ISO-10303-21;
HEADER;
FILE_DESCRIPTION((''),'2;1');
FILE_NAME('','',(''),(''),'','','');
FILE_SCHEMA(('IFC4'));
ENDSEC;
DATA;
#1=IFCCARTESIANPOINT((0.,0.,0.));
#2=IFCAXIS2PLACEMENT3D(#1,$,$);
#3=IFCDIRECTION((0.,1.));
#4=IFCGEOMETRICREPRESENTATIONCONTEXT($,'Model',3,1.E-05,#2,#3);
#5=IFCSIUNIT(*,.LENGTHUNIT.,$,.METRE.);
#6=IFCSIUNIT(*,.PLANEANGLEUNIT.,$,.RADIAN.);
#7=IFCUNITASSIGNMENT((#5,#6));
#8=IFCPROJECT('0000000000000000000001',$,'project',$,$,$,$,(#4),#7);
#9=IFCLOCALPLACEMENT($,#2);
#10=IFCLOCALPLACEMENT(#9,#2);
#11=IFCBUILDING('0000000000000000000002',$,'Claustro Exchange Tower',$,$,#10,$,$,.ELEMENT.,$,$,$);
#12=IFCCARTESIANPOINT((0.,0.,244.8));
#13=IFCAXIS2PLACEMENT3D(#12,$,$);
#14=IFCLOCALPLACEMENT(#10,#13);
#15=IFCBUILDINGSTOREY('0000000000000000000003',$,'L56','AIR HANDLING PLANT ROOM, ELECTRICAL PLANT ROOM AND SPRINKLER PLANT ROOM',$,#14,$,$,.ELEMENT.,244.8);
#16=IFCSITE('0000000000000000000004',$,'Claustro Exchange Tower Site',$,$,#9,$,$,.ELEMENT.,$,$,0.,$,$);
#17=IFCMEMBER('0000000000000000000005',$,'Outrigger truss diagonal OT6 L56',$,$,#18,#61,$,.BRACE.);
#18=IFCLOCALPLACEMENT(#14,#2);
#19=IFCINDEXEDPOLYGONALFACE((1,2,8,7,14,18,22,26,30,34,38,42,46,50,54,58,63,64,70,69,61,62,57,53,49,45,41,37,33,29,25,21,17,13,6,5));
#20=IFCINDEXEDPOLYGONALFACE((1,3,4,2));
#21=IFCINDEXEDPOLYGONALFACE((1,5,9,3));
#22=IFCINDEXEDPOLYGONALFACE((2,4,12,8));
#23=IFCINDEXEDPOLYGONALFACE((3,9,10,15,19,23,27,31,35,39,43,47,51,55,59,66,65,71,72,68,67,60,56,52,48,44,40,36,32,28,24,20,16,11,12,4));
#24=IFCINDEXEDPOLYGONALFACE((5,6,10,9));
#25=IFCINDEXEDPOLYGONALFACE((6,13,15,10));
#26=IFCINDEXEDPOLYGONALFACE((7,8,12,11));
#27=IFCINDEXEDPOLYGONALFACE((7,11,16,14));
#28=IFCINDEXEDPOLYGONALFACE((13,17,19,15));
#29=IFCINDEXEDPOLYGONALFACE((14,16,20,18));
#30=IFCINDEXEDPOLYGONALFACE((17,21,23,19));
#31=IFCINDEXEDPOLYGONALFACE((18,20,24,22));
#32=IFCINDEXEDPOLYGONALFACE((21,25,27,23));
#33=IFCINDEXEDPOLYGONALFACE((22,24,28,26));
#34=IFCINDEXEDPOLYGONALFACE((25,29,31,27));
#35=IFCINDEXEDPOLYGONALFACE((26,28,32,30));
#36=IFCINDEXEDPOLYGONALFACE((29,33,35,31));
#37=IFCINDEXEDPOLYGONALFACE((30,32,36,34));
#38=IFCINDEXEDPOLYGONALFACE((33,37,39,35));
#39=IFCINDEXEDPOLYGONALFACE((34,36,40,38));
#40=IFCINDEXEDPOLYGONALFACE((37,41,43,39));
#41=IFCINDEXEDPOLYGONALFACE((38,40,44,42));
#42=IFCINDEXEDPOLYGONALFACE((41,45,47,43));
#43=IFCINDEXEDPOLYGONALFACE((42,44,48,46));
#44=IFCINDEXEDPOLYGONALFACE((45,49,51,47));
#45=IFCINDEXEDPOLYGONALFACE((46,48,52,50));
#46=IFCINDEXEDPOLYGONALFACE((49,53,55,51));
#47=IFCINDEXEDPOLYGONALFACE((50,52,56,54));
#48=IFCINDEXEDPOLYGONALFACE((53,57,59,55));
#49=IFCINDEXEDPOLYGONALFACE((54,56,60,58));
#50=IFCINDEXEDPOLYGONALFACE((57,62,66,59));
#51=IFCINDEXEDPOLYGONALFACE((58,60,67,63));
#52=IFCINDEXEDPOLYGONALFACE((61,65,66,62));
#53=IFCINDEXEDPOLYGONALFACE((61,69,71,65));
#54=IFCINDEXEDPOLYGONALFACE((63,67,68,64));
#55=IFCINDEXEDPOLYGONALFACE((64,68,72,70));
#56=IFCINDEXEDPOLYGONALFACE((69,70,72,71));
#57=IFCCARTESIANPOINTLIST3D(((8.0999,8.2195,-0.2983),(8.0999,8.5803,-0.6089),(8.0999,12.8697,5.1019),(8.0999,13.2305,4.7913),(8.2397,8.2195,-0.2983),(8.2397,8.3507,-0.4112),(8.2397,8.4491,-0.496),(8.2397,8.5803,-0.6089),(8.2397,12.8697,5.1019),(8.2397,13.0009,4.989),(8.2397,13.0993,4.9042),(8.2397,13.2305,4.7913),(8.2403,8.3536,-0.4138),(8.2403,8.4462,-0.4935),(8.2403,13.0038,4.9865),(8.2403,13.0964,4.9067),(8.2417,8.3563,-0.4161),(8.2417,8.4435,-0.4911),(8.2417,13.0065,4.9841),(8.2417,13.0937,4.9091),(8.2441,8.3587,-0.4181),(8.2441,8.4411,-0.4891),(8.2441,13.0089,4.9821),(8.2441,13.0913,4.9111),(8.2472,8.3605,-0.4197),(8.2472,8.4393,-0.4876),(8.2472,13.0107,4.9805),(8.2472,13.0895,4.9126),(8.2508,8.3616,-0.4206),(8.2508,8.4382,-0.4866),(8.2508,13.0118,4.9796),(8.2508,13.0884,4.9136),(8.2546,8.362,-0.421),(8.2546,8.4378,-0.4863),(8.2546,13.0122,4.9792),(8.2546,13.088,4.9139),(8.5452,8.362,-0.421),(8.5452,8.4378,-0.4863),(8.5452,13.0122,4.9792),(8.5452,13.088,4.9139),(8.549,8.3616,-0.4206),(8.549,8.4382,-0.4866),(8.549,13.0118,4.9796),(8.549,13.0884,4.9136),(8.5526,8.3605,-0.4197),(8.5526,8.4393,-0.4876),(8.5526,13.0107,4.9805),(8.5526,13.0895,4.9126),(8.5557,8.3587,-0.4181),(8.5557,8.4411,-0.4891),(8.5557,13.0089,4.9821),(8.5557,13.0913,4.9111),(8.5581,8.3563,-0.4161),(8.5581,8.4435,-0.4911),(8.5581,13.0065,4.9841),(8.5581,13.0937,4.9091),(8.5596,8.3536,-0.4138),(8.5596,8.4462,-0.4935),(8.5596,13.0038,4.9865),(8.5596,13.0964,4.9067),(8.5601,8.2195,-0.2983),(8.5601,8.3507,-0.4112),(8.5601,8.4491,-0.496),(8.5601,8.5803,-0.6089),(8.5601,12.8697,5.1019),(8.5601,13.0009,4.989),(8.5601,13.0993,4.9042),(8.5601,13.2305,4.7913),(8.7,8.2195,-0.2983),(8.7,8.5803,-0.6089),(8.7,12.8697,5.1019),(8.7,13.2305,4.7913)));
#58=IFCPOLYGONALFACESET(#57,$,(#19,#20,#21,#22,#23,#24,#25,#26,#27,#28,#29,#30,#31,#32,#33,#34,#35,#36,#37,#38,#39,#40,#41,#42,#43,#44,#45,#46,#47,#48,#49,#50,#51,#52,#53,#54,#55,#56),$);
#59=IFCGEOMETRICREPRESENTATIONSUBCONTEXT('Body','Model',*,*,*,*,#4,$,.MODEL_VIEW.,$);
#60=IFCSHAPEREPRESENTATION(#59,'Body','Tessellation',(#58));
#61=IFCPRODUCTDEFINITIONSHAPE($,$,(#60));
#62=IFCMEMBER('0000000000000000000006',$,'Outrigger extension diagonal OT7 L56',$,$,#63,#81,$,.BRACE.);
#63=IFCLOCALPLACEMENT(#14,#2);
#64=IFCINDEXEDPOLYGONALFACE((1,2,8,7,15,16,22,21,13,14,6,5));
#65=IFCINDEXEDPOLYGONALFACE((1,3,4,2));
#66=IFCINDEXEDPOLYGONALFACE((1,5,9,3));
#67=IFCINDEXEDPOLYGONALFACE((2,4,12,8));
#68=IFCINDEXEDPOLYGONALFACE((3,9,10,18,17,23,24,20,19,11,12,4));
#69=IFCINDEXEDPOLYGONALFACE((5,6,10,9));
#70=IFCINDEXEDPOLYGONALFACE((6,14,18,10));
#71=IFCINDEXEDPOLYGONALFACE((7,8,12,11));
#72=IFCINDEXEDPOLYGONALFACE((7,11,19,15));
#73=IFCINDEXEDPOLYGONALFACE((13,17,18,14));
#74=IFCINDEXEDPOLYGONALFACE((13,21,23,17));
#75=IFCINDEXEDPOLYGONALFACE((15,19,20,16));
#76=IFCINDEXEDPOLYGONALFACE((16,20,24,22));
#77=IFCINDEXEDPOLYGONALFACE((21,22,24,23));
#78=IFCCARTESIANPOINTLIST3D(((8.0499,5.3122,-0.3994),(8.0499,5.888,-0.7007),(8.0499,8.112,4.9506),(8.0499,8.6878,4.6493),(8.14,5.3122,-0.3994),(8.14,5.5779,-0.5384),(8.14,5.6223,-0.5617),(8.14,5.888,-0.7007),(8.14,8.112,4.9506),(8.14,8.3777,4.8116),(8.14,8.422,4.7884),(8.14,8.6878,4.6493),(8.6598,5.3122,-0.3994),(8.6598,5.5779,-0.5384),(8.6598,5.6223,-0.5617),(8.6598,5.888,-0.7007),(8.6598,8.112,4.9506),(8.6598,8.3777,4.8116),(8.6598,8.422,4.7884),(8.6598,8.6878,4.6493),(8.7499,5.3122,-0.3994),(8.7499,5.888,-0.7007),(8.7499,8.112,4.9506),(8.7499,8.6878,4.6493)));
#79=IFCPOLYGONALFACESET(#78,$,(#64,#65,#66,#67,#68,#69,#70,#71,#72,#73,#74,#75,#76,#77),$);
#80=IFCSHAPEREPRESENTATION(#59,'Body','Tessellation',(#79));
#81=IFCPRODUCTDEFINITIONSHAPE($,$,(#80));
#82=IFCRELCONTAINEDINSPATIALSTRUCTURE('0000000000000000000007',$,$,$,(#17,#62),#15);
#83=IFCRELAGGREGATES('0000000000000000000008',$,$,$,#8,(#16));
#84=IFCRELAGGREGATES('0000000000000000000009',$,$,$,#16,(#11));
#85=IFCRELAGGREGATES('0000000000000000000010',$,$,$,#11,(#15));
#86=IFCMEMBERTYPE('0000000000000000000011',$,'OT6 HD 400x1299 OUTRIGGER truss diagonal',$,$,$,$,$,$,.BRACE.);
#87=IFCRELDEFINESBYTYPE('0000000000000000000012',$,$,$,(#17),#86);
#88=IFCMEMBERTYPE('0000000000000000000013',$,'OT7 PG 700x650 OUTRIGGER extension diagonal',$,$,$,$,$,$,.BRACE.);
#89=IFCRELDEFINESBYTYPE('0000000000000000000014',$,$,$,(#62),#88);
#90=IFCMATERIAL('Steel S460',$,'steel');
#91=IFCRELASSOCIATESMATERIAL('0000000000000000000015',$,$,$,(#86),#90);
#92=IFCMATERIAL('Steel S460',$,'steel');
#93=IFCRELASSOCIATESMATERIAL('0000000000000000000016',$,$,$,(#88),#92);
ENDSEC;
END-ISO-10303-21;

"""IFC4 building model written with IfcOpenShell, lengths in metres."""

from ifc_helpers import new_model, si_unit, direction, frame, origin, origin_2d, place, context, subcontext, project, spatial, i_section, extrude, material, material_profile, profile_set, type_object, element, save


model = new_model("IFC4")

# Units and contexts
model_context = context("Model", 3, precision=1e-05, world=origin(), true_north=direction((0.0, 1.0)))
body_context = subcontext(model_context, "Body", "Model", "MODEL_VIEW")
ifc_project = project(units=[si_unit("LENGTHUNIT", "METRE"), si_unit("PLANEANGLEUNIT", "RADIAN")], contexts=[model_context])

# Site, building, storey
site_placement = place(None, origin())
site = spatial("IfcSite", under=ifc_project, at=site_placement, Name="Claustro Exchange Tower Site", CompositionType="ELEMENT", RefElevation=0.0)
building_placement = place(site_placement, origin())
building = spatial("IfcBuilding", under=site, at=building_placement, Name="Claustro Exchange Tower", CompositionType="ELEMENT")
storey_placement = place(building_placement, frame((0.0, 0.0, 244.8)))
storey = spatial("IfcBuildingStorey", under=building, at=storey_placement, Name="L56", Description="AIR HANDLING PLANT ROOM, ELECTRICAL PLANT ROOM AND SPRINKLER PLANT ROOM", CompositionType="ELEMENT", Elevation=244.8)

# Members
ifc_material_1 = material(Name="Steel S460", Category="steel")
ifc_material_profile_1 = material_profile(ifc_material_1, i_section(OverallWidth=0.4761, OverallDepth=0.6001, WebThickness=0.1001, FlangeThickness=0.1399, FilletRadius=0.0149, at=origin_2d()), Name="HD 400x1299")
ifc_profile_set_1 = profile_set([ifc_material_profile_1], Name="Steel S460")
member_type_1 = type_object("IfcMemberType", Name="OT6 HD 400x1299 OUTRIGGER truss diagonal", PredefinedType="BRACE", material=ifc_profile_set_1)
member_1_placement = place(storey_placement, frame((8.3999, 8.3999, -0.4536), z_axis=(0.0, 0.652525, 0.757767), x_axis=(0.0, -0.757767, 0.652525)))
element("IfcMember", 1, at=member_1_placement, inside=storey, type_object=member_type_1, Name="Outrigger truss diagonal OT6 L56", PredefinedType="BRACE", context=body_context, shape_type="SweptSolid", body=[
    extrude(i_section(OverallWidth=0.4761, OverallDepth=0.6001, WebThickness=0.1001, FlangeThickness=0.1399, FilletRadius=0.0149, at=origin_2d()), origin(), (0.0, 0.0, 1.0), 7.1265),
])
ifc_material_2 = material(Name="Steel S460", Category="steel")
ifc_material_profile_2 = material_profile(ifc_material_2, i_section(OverallWidth=0.6499, OverallDepth=0.7, WebThickness=0.05, FlangeThickness=0.0901, at=origin_2d()), Name="PG 700x650")
ifc_profile_set_2 = profile_set([ifc_material_profile_2], Name="Steel S460")
member_type_2 = type_object("IfcMemberType", Name="OT7 PG 700x650 OUTRIGGER extension diagonal", PredefinedType="BRACE", material=ifc_profile_set_2)
member_2_placement = place(storey_placement, frame((8.3999, 5.6001, -0.55), z_axis=(0.0, 0.463666, 0.88601), x_axis=(0.0, -0.88601, 0.463666)))
element("IfcMember", 2, at=member_2_placement, inside=storey, type_object=member_type_2, Name="Outrigger extension diagonal OT7 L56", PredefinedType="BRACE", context=body_context, shape_type="SweptSolid", body=[
    extrude(i_section(OverallWidth=0.6499, OverallDepth=0.7, WebThickness=0.05, FlangeThickness=0.0901, at=origin_2d()), origin(), (0.0, 0.0, 1.0), 6.0383),
])

save(model, "model.ifc")
